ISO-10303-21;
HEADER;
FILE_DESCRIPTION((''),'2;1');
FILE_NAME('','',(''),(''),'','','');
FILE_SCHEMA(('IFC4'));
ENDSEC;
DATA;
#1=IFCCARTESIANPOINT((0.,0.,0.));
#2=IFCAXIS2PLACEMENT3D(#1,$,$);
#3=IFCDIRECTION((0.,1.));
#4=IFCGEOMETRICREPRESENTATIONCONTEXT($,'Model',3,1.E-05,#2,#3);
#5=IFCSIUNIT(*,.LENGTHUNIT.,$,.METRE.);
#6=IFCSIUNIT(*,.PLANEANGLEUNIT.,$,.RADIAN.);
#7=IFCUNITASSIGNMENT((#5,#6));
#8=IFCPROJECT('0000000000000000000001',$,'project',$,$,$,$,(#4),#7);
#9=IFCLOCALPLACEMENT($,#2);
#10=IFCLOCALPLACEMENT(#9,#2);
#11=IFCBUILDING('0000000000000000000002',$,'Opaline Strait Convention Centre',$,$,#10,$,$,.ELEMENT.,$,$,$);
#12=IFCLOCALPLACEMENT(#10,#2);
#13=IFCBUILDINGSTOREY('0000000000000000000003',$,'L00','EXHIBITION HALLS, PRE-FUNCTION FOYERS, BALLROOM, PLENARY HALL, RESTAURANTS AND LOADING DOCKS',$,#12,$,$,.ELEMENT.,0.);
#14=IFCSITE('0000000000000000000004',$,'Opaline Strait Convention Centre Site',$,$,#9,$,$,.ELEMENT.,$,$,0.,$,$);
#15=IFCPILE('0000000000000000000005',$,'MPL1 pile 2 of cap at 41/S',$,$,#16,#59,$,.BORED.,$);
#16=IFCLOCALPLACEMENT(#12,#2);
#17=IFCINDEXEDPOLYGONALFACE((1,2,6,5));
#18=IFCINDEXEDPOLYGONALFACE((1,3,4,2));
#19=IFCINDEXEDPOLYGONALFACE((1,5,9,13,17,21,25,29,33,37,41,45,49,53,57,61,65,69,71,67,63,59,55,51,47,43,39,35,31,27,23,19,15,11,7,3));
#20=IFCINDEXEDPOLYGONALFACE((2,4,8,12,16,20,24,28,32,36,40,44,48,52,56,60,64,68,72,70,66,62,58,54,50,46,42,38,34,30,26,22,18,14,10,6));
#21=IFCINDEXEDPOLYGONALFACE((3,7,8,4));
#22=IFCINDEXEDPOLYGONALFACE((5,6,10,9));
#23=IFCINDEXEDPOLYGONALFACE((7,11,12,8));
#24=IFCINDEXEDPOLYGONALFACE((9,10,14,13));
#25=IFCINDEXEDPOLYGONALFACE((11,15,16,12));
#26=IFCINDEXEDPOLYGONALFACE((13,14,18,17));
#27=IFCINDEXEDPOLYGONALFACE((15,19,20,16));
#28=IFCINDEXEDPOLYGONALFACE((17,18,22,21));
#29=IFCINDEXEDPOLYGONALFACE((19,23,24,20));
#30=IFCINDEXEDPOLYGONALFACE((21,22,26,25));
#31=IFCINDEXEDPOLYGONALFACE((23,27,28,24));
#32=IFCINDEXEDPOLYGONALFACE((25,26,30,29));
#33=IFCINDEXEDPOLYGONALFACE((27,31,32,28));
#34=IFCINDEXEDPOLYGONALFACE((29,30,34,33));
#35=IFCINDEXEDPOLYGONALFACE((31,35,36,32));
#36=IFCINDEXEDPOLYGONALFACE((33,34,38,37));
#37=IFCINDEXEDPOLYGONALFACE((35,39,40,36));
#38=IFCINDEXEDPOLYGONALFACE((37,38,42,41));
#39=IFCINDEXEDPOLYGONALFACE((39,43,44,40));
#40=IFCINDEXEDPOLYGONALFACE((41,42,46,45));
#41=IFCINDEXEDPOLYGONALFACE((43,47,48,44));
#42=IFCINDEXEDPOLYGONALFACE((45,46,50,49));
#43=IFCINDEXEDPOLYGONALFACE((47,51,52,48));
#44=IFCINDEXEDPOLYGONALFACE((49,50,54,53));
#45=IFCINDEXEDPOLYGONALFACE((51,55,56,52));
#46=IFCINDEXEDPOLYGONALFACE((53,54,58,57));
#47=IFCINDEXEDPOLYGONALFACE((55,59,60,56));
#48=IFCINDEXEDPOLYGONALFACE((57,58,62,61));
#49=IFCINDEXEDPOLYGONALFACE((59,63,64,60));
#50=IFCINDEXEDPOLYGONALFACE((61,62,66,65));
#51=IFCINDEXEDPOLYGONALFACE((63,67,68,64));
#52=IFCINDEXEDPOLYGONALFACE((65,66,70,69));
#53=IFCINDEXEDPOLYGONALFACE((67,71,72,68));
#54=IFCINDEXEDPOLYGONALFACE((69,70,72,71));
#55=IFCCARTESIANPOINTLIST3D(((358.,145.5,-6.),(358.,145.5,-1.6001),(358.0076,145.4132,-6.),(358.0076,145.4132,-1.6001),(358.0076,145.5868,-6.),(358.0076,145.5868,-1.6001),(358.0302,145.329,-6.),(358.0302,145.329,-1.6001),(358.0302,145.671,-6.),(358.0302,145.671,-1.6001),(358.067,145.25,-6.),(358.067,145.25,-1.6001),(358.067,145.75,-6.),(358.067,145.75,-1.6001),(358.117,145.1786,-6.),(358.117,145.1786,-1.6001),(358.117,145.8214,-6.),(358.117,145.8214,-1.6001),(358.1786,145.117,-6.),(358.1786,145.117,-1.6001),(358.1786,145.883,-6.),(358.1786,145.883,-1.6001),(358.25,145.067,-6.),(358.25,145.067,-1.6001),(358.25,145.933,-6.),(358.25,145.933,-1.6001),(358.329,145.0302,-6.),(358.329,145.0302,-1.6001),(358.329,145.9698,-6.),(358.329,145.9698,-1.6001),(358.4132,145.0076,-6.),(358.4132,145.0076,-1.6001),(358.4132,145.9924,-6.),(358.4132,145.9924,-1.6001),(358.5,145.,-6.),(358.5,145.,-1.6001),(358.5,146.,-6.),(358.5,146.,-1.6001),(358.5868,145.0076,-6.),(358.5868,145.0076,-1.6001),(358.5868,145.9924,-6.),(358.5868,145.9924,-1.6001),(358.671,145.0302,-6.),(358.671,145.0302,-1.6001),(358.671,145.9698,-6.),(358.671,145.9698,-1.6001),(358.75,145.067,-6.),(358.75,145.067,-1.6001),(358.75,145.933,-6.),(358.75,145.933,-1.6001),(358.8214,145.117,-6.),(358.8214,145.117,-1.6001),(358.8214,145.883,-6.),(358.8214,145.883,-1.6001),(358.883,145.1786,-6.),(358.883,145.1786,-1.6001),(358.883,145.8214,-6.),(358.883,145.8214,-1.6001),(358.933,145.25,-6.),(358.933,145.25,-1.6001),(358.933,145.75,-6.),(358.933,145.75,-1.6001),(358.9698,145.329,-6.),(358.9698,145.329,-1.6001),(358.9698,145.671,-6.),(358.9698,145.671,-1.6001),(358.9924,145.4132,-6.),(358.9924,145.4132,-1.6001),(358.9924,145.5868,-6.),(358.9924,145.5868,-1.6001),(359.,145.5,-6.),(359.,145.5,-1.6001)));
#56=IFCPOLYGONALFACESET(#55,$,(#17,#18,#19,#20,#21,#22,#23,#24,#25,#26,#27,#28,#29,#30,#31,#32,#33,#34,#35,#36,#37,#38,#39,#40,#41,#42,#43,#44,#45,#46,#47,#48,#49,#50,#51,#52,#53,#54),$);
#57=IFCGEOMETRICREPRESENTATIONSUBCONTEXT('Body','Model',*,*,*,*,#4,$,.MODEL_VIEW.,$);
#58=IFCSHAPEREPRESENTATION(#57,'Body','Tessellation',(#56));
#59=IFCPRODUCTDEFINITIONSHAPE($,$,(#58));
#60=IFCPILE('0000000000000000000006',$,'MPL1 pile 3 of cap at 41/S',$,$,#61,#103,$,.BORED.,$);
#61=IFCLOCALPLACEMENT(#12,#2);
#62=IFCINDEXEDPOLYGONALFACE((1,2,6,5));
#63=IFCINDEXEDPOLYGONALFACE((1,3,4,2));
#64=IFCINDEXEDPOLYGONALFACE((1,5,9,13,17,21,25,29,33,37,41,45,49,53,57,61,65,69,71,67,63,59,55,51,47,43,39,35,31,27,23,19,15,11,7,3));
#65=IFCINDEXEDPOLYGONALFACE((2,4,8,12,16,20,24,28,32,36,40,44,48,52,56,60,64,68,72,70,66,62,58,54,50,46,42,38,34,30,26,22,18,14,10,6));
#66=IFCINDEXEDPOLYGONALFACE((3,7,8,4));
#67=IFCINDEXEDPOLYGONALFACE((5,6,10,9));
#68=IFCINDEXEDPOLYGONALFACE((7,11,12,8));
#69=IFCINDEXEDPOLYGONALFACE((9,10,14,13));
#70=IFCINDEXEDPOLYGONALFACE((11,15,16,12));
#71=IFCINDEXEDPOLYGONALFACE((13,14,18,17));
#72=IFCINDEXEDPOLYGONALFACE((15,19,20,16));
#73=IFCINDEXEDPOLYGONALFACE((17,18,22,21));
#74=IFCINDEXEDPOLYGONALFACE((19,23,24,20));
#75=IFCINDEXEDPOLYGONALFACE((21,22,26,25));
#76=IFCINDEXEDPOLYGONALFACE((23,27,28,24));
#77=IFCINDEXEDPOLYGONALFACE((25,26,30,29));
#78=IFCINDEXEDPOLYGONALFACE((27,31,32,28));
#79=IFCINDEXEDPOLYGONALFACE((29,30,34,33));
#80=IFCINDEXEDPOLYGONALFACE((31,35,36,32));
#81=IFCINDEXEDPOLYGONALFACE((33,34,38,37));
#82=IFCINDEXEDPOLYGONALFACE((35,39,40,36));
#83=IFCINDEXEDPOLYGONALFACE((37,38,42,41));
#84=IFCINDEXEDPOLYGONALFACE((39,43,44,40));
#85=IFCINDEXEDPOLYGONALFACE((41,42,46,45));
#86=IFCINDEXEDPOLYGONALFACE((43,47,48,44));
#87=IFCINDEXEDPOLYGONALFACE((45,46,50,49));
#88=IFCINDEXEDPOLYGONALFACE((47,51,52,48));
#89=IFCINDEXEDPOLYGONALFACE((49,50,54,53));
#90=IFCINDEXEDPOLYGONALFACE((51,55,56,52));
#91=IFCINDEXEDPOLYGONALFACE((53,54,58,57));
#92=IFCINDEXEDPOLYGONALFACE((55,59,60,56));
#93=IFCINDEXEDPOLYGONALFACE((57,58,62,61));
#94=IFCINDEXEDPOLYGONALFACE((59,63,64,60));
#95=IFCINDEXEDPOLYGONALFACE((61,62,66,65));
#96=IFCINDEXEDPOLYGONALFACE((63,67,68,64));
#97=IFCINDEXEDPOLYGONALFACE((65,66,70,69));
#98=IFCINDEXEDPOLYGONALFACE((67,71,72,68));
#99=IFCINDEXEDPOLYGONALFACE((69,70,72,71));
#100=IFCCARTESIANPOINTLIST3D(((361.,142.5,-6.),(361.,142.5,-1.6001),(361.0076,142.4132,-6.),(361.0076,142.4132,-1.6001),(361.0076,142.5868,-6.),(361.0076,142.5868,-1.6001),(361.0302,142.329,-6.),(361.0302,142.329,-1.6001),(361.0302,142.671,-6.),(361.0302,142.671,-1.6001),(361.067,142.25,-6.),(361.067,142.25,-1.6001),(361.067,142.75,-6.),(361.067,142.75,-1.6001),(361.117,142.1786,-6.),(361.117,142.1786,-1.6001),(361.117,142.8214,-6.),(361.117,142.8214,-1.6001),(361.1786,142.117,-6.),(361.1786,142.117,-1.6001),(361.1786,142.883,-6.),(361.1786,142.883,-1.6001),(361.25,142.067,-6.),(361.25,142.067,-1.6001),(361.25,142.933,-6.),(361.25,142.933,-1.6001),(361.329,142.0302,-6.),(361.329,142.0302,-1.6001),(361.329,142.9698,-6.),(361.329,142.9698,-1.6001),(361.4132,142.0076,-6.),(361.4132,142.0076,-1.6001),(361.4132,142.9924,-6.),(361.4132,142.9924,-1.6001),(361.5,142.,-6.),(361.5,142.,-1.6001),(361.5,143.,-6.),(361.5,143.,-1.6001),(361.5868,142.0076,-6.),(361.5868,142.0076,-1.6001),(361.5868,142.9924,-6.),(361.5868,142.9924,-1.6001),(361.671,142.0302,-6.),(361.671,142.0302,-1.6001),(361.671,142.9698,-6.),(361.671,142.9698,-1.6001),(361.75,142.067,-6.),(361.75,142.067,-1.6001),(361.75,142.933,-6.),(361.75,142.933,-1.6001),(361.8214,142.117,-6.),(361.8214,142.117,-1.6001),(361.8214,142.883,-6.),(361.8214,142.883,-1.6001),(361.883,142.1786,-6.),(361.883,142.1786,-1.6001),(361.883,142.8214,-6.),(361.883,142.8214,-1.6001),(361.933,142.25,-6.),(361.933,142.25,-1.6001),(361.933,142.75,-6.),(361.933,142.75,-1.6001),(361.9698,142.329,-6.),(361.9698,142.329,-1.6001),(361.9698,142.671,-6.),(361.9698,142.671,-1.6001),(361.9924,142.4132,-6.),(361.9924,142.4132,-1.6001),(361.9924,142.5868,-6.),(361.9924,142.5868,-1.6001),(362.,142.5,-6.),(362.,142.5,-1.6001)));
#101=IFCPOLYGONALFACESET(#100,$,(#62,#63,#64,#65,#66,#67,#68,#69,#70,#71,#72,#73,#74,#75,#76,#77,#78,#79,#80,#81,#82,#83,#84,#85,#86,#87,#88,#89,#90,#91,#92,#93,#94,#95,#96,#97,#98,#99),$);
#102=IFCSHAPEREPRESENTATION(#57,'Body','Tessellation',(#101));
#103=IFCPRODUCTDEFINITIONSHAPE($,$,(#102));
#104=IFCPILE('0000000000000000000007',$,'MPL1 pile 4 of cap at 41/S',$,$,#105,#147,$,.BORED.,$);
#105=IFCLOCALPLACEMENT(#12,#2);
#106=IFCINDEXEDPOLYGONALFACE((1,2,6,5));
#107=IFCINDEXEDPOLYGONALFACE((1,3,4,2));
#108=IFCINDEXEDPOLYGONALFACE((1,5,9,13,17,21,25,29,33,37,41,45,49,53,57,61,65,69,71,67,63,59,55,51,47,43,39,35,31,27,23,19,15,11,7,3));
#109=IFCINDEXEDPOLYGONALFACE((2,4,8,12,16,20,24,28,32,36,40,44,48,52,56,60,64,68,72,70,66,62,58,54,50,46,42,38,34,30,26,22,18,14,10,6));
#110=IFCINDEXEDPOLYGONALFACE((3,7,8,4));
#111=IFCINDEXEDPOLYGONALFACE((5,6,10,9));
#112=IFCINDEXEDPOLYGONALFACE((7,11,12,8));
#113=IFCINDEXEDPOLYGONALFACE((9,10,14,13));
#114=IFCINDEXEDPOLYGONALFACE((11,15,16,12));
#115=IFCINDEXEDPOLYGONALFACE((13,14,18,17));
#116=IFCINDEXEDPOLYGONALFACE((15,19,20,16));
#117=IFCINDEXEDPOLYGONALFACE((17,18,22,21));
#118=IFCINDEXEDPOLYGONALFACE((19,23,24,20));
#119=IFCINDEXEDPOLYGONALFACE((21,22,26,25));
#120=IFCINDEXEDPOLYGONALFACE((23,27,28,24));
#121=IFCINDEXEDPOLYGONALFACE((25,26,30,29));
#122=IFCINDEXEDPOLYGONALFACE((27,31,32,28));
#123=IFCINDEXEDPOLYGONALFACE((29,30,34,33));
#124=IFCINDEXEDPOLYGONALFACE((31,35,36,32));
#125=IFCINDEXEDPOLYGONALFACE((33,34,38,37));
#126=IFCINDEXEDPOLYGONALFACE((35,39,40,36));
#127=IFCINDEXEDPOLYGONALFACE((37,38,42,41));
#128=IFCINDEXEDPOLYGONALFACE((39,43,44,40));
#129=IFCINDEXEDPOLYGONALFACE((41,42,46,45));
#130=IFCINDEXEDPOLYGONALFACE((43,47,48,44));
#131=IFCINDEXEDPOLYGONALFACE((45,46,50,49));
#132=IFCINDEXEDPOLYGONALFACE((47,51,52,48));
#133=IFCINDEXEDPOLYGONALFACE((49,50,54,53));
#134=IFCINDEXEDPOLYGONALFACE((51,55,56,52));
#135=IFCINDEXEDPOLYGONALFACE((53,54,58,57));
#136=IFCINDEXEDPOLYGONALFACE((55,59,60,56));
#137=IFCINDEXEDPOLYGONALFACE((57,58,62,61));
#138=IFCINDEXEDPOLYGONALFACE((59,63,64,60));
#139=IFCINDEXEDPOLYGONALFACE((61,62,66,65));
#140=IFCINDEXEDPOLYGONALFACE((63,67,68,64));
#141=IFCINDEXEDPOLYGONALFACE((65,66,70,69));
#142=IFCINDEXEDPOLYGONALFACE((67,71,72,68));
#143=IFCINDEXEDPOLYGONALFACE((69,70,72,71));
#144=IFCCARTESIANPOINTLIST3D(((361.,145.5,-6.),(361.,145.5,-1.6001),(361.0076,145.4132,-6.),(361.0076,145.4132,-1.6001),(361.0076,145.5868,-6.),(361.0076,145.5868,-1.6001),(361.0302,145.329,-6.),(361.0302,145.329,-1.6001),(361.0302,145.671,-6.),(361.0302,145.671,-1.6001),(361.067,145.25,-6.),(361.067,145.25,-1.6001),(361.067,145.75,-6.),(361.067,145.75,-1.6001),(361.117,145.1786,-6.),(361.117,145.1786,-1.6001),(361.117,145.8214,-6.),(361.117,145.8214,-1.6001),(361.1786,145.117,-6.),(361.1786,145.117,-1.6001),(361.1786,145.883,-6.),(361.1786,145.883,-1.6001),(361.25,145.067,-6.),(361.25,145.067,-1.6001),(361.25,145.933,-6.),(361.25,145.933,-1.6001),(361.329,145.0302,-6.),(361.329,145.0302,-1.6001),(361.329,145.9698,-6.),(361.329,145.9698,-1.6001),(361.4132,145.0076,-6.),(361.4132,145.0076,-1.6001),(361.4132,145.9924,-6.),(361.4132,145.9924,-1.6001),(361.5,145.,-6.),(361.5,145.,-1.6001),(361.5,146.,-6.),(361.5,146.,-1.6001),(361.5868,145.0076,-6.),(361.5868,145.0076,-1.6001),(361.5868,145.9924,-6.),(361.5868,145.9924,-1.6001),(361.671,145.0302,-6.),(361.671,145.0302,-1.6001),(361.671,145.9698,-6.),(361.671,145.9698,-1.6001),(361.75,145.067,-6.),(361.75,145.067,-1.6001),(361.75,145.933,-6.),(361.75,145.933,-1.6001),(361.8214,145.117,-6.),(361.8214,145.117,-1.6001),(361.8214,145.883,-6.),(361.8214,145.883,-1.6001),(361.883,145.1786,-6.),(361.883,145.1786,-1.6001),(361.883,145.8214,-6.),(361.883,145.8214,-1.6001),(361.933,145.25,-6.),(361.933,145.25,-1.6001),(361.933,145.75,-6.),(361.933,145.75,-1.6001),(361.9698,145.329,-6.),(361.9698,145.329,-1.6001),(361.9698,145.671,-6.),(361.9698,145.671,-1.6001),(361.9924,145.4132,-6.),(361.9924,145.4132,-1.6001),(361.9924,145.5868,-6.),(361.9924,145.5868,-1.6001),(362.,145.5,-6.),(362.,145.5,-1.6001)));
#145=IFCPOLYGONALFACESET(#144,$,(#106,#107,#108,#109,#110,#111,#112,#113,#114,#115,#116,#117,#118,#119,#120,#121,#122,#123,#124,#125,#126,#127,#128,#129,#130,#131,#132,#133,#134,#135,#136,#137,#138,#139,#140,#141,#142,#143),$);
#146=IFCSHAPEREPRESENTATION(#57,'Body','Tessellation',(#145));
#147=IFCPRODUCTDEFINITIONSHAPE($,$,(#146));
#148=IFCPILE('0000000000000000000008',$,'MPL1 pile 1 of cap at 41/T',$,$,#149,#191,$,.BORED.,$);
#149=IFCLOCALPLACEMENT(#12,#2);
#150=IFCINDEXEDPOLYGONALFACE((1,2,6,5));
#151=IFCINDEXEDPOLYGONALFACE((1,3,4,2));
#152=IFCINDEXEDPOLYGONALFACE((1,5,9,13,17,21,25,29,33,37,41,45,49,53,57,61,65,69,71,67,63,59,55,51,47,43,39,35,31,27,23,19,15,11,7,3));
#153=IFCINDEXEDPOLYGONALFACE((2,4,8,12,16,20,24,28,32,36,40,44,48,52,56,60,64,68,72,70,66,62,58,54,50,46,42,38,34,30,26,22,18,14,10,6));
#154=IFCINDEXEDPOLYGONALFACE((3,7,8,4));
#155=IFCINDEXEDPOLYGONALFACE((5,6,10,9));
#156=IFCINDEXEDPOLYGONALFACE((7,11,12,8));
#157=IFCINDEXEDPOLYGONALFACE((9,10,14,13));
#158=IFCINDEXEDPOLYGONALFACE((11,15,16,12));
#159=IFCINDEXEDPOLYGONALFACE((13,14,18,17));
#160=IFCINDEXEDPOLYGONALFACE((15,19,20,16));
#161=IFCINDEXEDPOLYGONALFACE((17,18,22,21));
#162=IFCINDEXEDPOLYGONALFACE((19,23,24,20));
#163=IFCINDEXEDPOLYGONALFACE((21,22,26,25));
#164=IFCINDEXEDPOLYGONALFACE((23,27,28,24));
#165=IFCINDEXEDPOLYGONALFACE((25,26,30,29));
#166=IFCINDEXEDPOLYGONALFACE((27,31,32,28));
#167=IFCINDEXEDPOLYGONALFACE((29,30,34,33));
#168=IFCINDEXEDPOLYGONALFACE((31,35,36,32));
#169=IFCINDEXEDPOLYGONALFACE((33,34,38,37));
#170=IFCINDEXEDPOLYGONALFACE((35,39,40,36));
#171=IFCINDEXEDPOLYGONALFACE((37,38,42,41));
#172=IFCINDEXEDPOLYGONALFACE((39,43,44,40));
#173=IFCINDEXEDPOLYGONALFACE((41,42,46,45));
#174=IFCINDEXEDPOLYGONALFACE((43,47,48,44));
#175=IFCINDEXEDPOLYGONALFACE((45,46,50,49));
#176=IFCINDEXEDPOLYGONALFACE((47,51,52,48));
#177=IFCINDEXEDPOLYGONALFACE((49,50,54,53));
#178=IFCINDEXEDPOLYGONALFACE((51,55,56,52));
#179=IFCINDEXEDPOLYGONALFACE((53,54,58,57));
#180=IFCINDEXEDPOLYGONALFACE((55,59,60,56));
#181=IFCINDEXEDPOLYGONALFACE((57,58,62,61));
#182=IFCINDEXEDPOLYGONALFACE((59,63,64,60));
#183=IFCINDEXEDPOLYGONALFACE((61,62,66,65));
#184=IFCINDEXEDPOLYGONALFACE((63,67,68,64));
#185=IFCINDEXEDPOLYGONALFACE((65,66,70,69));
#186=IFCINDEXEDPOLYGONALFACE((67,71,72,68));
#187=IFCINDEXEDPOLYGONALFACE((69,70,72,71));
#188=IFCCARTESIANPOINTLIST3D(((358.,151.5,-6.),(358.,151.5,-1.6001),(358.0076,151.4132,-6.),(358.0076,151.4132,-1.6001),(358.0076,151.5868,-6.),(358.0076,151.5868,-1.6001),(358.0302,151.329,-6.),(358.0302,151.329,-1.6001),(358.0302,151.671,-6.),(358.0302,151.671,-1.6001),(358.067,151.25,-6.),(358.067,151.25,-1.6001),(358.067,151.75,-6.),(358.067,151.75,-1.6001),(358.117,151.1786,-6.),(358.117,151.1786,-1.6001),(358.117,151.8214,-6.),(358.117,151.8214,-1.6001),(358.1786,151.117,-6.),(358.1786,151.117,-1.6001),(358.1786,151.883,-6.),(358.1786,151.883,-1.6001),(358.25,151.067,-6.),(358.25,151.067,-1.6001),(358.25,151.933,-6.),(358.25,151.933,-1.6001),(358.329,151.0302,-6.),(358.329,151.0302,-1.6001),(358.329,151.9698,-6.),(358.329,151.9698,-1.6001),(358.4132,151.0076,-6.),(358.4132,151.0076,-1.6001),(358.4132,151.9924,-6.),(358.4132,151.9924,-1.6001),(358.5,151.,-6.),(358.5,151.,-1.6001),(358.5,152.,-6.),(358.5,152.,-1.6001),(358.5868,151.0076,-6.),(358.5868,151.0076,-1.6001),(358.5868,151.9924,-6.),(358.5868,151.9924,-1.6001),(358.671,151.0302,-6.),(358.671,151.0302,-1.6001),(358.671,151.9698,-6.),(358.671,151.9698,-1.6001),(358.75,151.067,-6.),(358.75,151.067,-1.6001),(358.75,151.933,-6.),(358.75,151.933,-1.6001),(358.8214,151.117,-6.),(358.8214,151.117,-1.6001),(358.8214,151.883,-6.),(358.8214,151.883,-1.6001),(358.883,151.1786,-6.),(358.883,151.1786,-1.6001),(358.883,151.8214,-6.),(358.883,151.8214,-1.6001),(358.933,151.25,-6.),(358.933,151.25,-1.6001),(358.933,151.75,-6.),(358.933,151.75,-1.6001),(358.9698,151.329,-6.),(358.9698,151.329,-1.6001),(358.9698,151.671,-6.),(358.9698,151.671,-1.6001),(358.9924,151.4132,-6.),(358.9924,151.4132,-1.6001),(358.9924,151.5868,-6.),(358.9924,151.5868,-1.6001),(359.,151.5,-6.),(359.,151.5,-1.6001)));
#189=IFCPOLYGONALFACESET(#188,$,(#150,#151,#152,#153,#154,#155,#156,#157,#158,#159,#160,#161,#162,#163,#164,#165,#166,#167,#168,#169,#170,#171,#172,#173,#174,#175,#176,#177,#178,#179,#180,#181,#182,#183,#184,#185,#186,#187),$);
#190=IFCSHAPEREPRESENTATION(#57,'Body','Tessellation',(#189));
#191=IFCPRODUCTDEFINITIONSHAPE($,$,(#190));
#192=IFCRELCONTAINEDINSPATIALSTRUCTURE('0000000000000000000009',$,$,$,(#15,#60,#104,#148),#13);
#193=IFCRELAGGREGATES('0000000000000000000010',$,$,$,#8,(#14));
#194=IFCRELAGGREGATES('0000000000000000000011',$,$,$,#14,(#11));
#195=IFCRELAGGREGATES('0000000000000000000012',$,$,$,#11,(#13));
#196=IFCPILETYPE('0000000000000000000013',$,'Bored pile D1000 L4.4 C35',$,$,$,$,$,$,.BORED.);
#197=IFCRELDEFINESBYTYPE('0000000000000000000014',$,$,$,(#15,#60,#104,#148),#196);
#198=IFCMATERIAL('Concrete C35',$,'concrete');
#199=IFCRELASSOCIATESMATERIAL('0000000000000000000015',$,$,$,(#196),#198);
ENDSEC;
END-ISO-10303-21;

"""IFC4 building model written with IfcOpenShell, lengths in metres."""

from ifc_helpers import new_model, si_unit, direction, frame, origin, origin_2d, place, context, subcontext, project, spatial, circle, extrude, material, material_profile, profile_set, type_object, element, save


model = new_model("IFC4")

# Units and contexts
model_context = context("Model", 3, precision=1e-05, world=origin(), true_north=direction((0.0, 1.0)))
body_context = subcontext(model_context, "Body", "Model", "MODEL_VIEW")
ifc_project = project(units=[si_unit("LENGTHUNIT", "METRE"), si_unit("PLANEANGLEUNIT", "RADIAN")], contexts=[model_context])

# Site, building, storey
site_placement = place(None, origin())
site = spatial("IfcSite", under=ifc_project, at=site_placement, Name="Opaline Strait Convention Centre Site", CompositionType="ELEMENT", RefElevation=0.0)
building_placement = place(site_placement, origin())
building = spatial("IfcBuilding", under=site, at=building_placement, Name="Opaline Strait Convention Centre", CompositionType="ELEMENT")
storey_placement = place(building_placement, origin())
storey = spatial("IfcBuildingStorey", under=building, at=storey_placement, Name="L00", Description="EXHIBITION HALLS, PRE-FUNCTION FOYERS, BALLROOM, PLENARY HALL, RESTAURANTS AND LOADING DOCKS", CompositionType="ELEMENT", Elevation=0.0)

# Piles
ifc_material_1 = material(Name="Concrete C35", Category="concrete")
ifc_material_profile_1 = material_profile(ifc_material_1, circle(Radius=0.5, at=origin_2d()), Name="D1000")
ifc_profile_set_1 = profile_set([ifc_material_profile_1], Name="Concrete C35")
pile_type = type_object("IfcPileType", Name="Bored pile D1000 L4.4 C35", PredefinedType="BORED", material=ifc_profile_set_1)
for number, where, z_axis, x_axis, name in (
    (1, (358.5, 145.5, -1.6001), (0.0, 0.0, -1.0), (1.0, 0.0, 0.0), "MPL1 pile 2 of cap at 41/S"),
    (2, (361.5, 142.5, -1.6001), (0.0, 0.0, -1.0), (1.0, 0.0, 0.0), "MPL1 pile 3 of cap at 41/S"),
    (3, (361.5, 145.5, -1.6001), (0.0, 0.0, -1.0), (1.0, 0.0, 0.0), "MPL1 pile 4 of cap at 41/S"),
    (4, (358.5, 151.5, -1.6001), (0.0, 0.0, -1.0), (1.0, 0.0, 0.0), "MPL1 pile 1 of cap at 41/T"),
):
    element("IfcPile", number, at=place(storey_placement, frame(where, z_axis=z_axis, x_axis=x_axis)), inside=storey, type_object=pile_type, Name=name, PredefinedType="BORED", context=body_context, shape_type="SweptSolid", body=[
        extrude(circle(Radius=0.5, at=origin_2d()), origin(), (0.0, 0.0, 1.0), 4.3999),
    ])

save(model, "model.ifc")
